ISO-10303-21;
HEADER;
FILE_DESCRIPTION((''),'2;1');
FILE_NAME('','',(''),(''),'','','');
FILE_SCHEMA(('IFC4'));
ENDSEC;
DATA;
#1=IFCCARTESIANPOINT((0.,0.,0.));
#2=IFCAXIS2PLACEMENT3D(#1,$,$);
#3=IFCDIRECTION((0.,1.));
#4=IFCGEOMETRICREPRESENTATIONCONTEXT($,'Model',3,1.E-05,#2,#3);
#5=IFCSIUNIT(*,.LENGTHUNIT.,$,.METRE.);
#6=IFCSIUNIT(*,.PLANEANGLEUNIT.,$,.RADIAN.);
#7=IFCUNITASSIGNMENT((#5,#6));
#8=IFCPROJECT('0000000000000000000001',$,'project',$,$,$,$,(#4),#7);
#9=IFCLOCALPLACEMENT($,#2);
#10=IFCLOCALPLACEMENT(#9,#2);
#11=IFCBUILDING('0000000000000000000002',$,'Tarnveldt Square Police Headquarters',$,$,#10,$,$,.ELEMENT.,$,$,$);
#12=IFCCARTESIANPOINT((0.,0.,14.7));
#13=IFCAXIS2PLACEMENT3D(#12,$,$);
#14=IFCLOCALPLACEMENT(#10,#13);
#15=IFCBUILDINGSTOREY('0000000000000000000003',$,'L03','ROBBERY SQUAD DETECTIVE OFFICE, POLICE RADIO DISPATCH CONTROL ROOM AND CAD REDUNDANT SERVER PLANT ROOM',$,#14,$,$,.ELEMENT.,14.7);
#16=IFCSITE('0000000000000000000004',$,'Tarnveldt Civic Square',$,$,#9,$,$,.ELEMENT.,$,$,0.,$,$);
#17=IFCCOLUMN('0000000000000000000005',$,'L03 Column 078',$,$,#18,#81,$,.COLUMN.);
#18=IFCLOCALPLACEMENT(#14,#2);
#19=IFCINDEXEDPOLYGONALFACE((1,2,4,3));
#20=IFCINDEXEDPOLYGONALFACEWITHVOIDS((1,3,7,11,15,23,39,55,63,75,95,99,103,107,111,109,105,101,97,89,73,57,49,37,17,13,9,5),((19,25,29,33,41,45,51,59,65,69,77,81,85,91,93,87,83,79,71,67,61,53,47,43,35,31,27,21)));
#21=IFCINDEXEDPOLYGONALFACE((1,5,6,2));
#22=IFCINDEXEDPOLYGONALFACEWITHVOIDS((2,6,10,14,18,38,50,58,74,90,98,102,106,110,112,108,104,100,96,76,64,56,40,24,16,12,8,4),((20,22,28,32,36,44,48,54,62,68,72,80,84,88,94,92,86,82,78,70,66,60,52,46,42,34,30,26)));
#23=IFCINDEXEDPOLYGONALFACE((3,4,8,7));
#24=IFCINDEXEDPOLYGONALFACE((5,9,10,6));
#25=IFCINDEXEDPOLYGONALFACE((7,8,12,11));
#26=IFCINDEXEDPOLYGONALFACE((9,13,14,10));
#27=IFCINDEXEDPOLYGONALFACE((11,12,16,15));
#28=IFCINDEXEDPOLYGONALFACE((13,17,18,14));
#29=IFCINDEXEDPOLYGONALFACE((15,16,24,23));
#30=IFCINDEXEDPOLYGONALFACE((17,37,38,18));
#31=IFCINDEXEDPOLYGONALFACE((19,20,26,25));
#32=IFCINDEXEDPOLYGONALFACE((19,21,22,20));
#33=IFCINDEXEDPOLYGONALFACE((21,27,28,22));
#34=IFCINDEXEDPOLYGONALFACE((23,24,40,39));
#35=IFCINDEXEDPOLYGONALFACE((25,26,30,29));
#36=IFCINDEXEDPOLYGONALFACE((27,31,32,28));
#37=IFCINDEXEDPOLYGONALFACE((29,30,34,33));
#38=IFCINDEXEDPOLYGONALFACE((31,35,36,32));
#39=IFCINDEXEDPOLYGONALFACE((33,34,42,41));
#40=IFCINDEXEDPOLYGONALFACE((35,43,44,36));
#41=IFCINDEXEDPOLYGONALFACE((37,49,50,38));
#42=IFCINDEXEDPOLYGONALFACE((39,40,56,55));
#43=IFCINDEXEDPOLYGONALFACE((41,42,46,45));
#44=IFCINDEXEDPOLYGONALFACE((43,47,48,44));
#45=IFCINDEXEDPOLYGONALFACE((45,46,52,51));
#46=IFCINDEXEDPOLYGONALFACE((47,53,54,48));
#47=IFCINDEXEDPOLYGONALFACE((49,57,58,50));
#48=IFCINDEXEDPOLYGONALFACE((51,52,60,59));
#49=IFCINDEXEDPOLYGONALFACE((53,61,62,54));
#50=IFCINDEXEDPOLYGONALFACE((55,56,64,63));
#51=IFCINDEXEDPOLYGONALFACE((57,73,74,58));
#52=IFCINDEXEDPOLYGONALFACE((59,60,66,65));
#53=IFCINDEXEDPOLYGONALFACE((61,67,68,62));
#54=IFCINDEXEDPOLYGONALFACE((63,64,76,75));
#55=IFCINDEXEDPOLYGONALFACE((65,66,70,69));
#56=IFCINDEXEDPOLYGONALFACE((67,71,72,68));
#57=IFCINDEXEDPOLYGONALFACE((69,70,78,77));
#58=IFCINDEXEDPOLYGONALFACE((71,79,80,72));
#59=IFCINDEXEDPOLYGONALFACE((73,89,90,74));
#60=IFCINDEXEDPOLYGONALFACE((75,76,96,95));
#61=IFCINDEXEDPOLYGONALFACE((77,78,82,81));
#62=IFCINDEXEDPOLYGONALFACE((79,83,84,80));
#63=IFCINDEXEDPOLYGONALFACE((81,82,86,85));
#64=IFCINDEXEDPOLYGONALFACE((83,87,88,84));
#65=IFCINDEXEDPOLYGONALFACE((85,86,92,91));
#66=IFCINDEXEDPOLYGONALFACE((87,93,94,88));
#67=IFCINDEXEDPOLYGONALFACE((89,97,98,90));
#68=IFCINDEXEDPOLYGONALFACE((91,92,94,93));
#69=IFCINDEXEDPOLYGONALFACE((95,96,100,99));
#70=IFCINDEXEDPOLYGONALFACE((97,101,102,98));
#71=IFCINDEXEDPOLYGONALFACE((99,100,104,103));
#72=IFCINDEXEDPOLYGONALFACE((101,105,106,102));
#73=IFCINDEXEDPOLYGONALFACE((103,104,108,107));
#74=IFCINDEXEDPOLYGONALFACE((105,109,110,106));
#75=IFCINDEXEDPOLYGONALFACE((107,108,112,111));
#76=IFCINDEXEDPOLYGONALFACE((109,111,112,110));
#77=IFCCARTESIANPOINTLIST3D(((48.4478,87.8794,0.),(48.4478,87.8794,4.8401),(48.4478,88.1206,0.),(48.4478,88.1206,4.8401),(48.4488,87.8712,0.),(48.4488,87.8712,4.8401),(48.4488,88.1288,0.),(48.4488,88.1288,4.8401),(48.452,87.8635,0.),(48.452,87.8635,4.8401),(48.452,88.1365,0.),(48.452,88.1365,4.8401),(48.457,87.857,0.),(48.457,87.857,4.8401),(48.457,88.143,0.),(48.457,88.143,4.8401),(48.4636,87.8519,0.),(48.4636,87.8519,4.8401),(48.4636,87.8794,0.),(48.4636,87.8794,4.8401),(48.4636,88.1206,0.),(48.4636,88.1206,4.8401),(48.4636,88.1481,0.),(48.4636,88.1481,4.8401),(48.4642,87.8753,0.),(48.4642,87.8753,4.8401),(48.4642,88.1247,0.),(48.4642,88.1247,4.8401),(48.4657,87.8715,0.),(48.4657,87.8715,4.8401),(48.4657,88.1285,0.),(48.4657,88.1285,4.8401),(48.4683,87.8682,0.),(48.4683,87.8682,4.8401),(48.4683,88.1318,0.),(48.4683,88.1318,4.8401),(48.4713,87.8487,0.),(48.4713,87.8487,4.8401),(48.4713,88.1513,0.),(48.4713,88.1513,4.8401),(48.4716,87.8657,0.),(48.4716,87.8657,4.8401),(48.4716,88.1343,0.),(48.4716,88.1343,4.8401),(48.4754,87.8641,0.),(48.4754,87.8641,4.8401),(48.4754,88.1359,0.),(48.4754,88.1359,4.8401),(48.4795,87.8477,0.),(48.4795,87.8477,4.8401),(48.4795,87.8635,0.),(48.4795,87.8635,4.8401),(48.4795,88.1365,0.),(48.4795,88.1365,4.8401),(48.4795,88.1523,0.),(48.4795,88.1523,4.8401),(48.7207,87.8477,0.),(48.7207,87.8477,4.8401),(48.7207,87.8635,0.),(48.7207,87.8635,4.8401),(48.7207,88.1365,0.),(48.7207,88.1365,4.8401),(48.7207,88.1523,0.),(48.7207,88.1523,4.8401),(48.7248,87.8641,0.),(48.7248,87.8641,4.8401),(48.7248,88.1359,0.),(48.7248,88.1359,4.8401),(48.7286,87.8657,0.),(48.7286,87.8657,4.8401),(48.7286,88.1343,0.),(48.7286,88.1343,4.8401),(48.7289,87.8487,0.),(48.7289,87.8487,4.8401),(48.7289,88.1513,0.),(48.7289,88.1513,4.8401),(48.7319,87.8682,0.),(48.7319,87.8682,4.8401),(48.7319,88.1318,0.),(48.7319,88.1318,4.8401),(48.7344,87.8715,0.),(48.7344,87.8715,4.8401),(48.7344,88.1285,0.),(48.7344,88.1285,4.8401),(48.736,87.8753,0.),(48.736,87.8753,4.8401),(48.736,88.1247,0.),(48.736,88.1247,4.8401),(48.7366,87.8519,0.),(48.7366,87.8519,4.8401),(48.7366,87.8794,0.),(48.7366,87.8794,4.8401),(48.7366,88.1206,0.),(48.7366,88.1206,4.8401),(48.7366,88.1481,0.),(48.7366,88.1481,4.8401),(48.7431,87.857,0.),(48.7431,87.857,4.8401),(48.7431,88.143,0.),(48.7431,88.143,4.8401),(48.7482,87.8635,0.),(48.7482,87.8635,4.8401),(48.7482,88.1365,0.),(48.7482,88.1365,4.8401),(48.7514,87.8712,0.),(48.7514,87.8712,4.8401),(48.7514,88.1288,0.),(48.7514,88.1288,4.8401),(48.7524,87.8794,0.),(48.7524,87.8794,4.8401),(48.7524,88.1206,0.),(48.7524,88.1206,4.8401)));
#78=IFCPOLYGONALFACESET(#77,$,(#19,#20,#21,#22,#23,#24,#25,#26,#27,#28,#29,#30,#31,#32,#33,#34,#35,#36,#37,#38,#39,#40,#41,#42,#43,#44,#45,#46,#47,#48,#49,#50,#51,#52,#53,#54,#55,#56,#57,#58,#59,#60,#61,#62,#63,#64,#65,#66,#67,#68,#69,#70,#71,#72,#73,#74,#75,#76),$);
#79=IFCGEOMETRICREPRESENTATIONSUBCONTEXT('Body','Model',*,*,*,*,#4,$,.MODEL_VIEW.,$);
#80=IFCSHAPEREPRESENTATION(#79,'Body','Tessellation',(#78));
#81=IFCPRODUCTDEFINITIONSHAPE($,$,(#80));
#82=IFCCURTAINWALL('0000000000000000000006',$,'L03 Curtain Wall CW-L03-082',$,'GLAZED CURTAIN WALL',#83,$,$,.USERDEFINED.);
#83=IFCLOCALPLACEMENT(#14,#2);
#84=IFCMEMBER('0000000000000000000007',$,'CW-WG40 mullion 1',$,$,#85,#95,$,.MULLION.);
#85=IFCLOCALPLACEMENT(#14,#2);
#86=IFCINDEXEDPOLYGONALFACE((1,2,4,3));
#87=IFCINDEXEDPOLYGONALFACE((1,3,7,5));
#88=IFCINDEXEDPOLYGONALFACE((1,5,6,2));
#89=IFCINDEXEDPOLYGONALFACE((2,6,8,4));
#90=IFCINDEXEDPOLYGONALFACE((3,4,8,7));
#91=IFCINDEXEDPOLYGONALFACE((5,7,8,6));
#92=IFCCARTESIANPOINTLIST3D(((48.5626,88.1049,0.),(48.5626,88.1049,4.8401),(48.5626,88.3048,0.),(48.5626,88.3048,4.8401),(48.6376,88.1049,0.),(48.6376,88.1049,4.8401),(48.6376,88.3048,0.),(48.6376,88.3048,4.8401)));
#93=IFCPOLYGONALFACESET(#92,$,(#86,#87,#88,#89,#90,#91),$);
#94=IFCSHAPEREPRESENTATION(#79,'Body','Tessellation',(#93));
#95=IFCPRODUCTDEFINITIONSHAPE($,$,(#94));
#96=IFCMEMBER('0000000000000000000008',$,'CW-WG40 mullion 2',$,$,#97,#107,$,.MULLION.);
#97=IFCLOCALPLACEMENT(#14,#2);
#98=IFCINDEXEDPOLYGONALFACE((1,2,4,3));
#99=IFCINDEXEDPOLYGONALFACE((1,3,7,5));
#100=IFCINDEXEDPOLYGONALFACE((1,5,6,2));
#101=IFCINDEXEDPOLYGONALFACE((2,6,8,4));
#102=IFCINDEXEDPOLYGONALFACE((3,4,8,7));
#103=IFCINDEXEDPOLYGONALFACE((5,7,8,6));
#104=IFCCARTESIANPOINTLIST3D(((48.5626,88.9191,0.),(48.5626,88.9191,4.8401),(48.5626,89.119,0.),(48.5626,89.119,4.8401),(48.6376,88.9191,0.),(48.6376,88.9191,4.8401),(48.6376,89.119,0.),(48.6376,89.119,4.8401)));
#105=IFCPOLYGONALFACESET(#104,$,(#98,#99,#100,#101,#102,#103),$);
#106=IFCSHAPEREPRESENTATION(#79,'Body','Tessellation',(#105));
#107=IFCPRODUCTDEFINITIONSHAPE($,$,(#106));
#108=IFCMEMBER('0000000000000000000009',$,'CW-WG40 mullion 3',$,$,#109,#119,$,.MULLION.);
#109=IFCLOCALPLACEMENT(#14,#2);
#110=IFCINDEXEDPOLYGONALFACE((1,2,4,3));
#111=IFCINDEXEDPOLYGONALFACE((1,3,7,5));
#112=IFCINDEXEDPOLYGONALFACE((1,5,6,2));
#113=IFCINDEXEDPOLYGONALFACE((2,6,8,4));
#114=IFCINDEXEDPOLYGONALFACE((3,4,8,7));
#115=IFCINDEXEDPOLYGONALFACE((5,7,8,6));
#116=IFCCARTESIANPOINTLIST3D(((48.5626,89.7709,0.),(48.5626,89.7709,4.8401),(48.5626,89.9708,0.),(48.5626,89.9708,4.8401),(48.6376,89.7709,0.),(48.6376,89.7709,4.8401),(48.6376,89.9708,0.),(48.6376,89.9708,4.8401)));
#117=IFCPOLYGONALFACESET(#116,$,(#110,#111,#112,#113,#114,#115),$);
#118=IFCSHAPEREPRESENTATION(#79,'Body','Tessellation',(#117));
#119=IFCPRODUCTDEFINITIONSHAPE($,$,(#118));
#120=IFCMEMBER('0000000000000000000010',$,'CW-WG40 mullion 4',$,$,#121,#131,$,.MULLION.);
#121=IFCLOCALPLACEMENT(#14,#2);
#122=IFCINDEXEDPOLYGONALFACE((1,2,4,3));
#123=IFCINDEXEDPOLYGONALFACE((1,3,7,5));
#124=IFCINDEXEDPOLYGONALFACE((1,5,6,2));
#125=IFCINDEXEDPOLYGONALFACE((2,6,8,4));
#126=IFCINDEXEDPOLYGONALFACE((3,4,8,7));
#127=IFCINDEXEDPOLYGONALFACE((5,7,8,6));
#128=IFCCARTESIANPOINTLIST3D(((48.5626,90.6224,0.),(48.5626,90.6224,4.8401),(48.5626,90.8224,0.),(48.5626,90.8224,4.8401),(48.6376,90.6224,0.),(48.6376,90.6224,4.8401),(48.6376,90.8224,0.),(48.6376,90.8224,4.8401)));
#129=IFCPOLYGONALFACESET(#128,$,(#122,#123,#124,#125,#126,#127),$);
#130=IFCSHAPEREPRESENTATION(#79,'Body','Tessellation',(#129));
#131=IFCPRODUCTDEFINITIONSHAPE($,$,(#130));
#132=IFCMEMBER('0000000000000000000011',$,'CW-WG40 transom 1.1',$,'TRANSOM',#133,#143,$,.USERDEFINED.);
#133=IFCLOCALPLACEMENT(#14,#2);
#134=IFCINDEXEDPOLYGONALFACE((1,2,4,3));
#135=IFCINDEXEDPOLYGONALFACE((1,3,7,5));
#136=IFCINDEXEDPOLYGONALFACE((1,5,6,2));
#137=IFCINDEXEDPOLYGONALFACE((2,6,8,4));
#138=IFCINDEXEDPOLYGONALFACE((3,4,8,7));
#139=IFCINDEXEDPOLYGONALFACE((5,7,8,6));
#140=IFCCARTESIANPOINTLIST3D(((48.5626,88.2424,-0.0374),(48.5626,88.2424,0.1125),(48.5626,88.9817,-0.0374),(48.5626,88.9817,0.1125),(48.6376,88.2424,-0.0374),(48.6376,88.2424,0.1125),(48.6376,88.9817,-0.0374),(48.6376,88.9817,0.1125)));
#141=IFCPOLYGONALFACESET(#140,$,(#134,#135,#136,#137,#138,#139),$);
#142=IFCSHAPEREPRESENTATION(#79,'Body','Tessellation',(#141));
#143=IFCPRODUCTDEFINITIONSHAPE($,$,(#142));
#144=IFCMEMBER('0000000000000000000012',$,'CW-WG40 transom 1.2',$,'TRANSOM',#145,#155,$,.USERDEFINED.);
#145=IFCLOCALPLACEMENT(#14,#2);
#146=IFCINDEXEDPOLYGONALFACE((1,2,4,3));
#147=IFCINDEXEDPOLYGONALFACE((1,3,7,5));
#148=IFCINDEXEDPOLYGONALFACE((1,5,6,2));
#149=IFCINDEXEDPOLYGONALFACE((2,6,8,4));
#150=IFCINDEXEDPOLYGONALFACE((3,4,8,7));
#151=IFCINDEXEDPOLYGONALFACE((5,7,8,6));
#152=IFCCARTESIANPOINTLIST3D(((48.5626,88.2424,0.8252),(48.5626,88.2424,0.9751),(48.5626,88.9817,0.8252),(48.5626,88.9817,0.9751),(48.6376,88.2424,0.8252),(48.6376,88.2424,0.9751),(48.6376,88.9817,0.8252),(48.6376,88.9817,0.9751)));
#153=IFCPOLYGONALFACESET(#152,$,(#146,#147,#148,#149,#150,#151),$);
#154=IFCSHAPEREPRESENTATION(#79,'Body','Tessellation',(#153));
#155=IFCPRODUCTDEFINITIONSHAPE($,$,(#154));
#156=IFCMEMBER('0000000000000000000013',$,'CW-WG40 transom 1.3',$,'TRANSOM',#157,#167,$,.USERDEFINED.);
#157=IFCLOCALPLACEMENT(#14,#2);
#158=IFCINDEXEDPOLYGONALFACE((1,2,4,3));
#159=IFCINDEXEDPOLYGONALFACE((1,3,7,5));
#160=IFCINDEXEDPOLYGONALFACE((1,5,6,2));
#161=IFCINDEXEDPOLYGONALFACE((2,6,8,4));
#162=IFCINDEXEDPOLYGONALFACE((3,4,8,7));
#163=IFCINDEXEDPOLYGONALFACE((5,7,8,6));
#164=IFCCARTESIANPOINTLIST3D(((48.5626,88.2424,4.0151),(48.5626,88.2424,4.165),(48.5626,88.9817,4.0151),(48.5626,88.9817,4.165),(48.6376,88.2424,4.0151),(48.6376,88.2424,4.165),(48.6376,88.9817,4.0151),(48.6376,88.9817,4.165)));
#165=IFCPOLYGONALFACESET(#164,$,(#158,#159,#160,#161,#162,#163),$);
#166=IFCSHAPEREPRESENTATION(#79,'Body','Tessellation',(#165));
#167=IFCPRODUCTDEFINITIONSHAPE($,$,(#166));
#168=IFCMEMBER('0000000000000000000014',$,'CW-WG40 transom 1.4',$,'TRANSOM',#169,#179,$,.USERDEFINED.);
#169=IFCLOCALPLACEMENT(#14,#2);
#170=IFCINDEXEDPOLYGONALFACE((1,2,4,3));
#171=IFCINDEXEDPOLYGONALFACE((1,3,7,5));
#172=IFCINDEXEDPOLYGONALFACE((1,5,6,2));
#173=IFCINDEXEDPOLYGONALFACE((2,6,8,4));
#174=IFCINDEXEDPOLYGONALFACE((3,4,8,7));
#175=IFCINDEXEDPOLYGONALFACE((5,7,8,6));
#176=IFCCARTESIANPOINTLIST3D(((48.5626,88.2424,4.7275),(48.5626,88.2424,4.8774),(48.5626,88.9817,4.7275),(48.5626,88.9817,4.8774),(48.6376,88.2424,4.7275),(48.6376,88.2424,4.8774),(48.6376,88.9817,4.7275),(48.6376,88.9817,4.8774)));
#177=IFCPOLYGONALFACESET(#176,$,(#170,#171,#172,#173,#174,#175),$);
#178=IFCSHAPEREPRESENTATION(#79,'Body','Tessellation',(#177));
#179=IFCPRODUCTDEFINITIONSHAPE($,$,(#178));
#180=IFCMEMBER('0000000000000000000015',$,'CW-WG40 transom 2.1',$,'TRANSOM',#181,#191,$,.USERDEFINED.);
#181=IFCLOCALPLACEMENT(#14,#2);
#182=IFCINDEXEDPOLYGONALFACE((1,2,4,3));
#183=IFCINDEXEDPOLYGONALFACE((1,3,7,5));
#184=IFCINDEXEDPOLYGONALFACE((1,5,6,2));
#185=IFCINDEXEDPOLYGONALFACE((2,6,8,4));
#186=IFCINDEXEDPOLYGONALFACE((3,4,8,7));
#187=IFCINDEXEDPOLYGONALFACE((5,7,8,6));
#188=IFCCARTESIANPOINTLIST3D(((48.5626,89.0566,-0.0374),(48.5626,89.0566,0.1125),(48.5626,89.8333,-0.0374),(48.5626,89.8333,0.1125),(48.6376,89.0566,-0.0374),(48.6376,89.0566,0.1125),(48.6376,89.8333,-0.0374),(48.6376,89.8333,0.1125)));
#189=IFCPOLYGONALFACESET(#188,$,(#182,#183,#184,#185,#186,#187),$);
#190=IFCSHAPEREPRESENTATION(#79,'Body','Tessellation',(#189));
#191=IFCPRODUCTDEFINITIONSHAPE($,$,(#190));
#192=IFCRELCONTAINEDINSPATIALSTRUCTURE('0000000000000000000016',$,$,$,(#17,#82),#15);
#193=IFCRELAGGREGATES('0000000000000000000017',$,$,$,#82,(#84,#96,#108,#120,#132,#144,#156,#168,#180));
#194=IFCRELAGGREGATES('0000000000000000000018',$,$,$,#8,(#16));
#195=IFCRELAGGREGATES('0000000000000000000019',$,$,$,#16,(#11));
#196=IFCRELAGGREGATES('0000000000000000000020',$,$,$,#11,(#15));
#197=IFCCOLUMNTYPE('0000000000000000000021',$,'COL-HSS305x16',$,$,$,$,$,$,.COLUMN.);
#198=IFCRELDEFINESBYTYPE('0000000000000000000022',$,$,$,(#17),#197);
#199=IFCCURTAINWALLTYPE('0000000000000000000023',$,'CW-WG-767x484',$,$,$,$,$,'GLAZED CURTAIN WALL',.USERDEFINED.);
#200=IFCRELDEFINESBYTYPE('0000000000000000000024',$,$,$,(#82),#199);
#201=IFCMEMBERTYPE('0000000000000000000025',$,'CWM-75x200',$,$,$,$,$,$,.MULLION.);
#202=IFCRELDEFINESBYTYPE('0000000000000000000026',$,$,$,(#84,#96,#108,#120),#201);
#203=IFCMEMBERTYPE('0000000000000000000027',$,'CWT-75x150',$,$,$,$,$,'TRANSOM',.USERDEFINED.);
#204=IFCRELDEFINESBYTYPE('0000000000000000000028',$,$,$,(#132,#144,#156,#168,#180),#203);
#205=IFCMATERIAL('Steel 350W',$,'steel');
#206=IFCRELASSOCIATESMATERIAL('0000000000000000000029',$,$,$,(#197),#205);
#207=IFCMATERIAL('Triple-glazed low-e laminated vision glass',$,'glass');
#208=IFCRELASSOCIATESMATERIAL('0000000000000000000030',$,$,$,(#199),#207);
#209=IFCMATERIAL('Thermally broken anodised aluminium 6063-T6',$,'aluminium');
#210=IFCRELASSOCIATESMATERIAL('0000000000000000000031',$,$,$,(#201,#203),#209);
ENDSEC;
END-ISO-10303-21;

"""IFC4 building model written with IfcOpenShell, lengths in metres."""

from ifc_helpers import new_model, si_unit, direction, frame, origin, origin_2d, place, context, subcontext, project, spatial, rectangle, hollow_rectangle, extrude, material, material_profile, profile_set, type_object, element, aggregate, save


model = new_model("IFC4")

# Units and contexts
model_context = context("Model", 3, precision=1e-05, world=origin(), true_north=direction((0.0, 1.0)))
body_context = subcontext(model_context, "Body", "Model", "MODEL_VIEW")
ifc_project = project(units=[si_unit("LENGTHUNIT", "METRE"), si_unit("PLANEANGLEUNIT", "RADIAN")], contexts=[model_context])

# Site, building, storey
site_placement = place(None, origin())
site = spatial("IfcSite", under=ifc_project, at=site_placement, Name="Tarnveldt Civic Square", CompositionType="ELEMENT", RefElevation=0.0)
building_placement = place(site_placement, origin())
building = spatial("IfcBuilding", under=site, at=building_placement, Name="Tarnveldt Square Police Headquarters", CompositionType="ELEMENT")
storey_placement = place(building_placement, frame((0.0, 0.0, 14.7)))
storey = spatial("IfcBuildingStorey", under=building, at=storey_placement, Name="L03", Description="ROBBERY SQUAD DETECTIVE OFFICE, POLICE RADIO DISPATCH CONTROL ROOM AND CAD REDUNDANT SERVER PLANT ROOM", CompositionType="ELEMENT", Elevation=14.7)

# Column
ifc_material_1 = material(Name="Steel 350W", Category="steel")
ifc_material_profile_1 = material_profile(ifc_material_1, hollow_rectangle(XDim=0.3047, YDim=0.3047, WallThickness=0.0159, InnerFilletRadius=0.0159, OuterFilletRadius=0.0317, at=origin_2d()), Name="HSS305x305x16")
ifc_profile_set_1 = profile_set([ifc_material_profile_1], Name="Steel 350W")
column_type = type_object("IfcColumnType", Name="COL-HSS305x16", PredefinedType="COLUMN", material=ifc_profile_set_1)
column_placement = place(storey_placement, frame((48.6001, 88.0, 0.0), z_axis=(0.0, 0.0, 1.0), x_axis=(1.0, 0.0, 0.0)))
element("IfcColumn", 1, at=column_placement, inside=storey, type_object=column_type, Name="L03 Column 078", PredefinedType="COLUMN", context=body_context, shape_type="SweptSolid", body=[
    extrude(hollow_rectangle(XDim=0.3047, YDim=0.3047, WallThickness=0.0159, InnerFilletRadius=0.0159, OuterFilletRadius=0.0317, at=origin_2d()), origin(), (0.0, 0.0, 1.0), 4.8401),
])

# Curtain wall, members
ifc_material_2 = material(Name="Triple-glazed low-e laminated vision glass", Category="glass")
curtain_wall_type = type_object("IfcCurtainWallType", Name="CW-WG-767x484", ElementType="GLAZED CURTAIN WALL", PredefinedType="USERDEFINED", material=ifc_material_2)
curtain_wall_placement = place(storey_placement, origin())
curtain_wall = element("IfcCurtainWall", 2, at=curtain_wall_placement, inside=storey, type_object=curtain_wall_type, Name="L03 Curtain Wall CW-L03-082", ObjectType="GLAZED CURTAIN WALL", PredefinedType="USERDEFINED")
ifc_material_3 = material(Name="Thermally broken anodised aluminium 6063-T6", Category="aluminium")
ifc_material_profile_2 = material_profile(ifc_material_3, rectangle(XDim=0.075, YDim=0.2, at=origin_2d()), Name="CW-M75x200")
ifc_profile_set_2 = profile_set([ifc_material_profile_2], Name="Thermally broken anodised aluminium 6063-T6")
member_type_1 = type_object("IfcMemberType", Name="CWM-75x200", PredefinedType="MULLION", material=ifc_profile_set_2)
member_1_placement = place(storey_placement, frame((48.6001, 88.2048, 0.0), z_axis=(0.0, 0.0, 1.0), x_axis=(-1.0, 0.0, 0.0)))
member_1 = element("IfcMember", 3, at=member_1_placement, type_object=member_type_1, Name="CW-WG40 mullion 1", PredefinedType="MULLION", context=body_context, shape_type="SweptSolid", body=[
    extrude(rectangle(XDim=0.075, YDim=0.2, at=origin_2d()), origin(), (0.0, 0.0, 1.0), 4.8401),
])
member_2_placement = place(storey_placement, frame((48.6001, 89.019, 0.0), z_axis=(0.0, 0.0, 1.0), x_axis=(-1.0, 0.0, 0.0)))
member_2 = element("IfcMember", 4, at=member_2_placement, type_object=member_type_1, Name="CW-WG40 mullion 2", PredefinedType="MULLION", context=body_context, shape_type="SweptSolid", body=[
    extrude(rectangle(XDim=0.075, YDim=0.2, at=origin_2d()), origin(), (0.0, 0.0, 1.0), 4.8401),
])
member_3_placement = place(storey_placement, frame((48.6001, 89.8708, 0.0), z_axis=(0.0, 0.0, 1.0), x_axis=(-1.0, 0.0, 0.0)))
member_3 = element("IfcMember", 5, at=member_3_placement, type_object=member_type_1, Name="CW-WG40 mullion 3", PredefinedType="MULLION", context=body_context, shape_type="SweptSolid", body=[
    extrude(rectangle(XDim=0.075, YDim=0.2, at=origin_2d()), origin(), (0.0, 0.0, 1.0), 4.8401),
])
member_4_placement = place(storey_placement, frame((48.6001, 90.7224, 0.0), z_axis=(0.0, 0.0, 1.0), x_axis=(-1.0, 0.0, 0.0)))
member_4 = element("IfcMember", 6, at=member_4_placement, type_object=member_type_1, Name="CW-WG40 mullion 4", PredefinedType="MULLION", context=body_context, shape_type="SweptSolid", body=[
    extrude(rectangle(XDim=0.075, YDim=0.2, at=origin_2d()), origin(), (0.0, 0.0, 1.0), 4.8401),
])
ifc_material_profile_3 = material_profile(ifc_material_3, rectangle(XDim=0.075, YDim=0.1499, at=origin_2d()), Name="CW-T75x150")
ifc_profile_set_3 = profile_set([ifc_material_profile_3], Name="Thermally broken anodised aluminium 6063-T6")
member_type_2 = type_object("IfcMemberType", Name="CWT-75x150", ElementType="TRANSOM", PredefinedType="USERDEFINED", material=ifc_profile_set_3)
member_5_placement = place(storey_placement, frame((48.6001, 88.2424, 0.0376), z_axis=(0.0, 1.0, 0.0), x_axis=(-1.0, 0.0, 0.0)))
member_5 = element("IfcMember", 7, at=member_5_placement, type_object=member_type_2, Name="CW-WG40 transom 1.1", ObjectType="TRANSOM", PredefinedType="USERDEFINED", context=body_context, shape_type="SweptSolid", body=[
    extrude(rectangle(XDim=0.075, YDim=0.1499, at=origin_2d()), origin(), (0.0, 0.0, 1.0), 0.7393),
])
member_6_placement = place(storey_placement, frame((48.6001, 88.2424, 0.9001), z_axis=(0.0, 1.0, 0.0), x_axis=(-1.0, 0.0, 0.0)))
member_6 = element("IfcMember", 8, at=member_6_placement, type_object=member_type_2, Name="CW-WG40 transom 1.2", ObjectType="TRANSOM", PredefinedType="USERDEFINED", context=body_context, shape_type="SweptSolid", body=[
    extrude(rectangle(XDim=0.075, YDim=0.1499, at=origin_2d()), origin(), (0.0, 0.0, 1.0), 0.7393),
])
member_7_placement = place(storey_placement, frame((48.6001, 88.2424, 4.0901), z_axis=(0.0, 1.0, 0.0), x_axis=(-1.0, 0.0, 0.0)))
member_7 = element("IfcMember", 9, at=member_7_placement, type_object=member_type_2, Name="CW-WG40 transom 1.3", ObjectType="TRANSOM", PredefinedType="USERDEFINED", context=body_context, shape_type="SweptSolid", body=[
    extrude(rectangle(XDim=0.075, YDim=0.1499, at=origin_2d()), origin(), (0.0, 0.0, 1.0), 0.7393),
])
member_8_placement = place(storey_placement, frame((48.6001, 88.2424, 4.8025), z_axis=(0.0, 1.0, 0.0), x_axis=(-1.0, 0.0, 0.0)))
member_8 = element("IfcMember", 10, at=member_8_placement, type_object=member_type_2, Name="CW-WG40 transom 1.4", ObjectType="TRANSOM", PredefinedType="USERDEFINED", context=body_context, shape_type="SweptSolid", body=[
    extrude(rectangle(XDim=0.075, YDim=0.1499, at=origin_2d()), origin(), (0.0, 0.0, 1.0), 0.7393),
])
member_9_placement = place(storey_placement, frame((48.6001, 89.0566, 0.0376), z_axis=(0.0, 1.0, 0.0), x_axis=(-1.0, 0.0, 0.0)))
member_9 = element("IfcMember", 11, at=member_9_placement, type_object=member_type_2, Name="CW-WG40 transom 2.1", ObjectType="TRANSOM", PredefinedType="USERDEFINED", context=body_context, shape_type="SweptSolid", body=[
    extrude(rectangle(XDim=0.075, YDim=0.1499, at=origin_2d()), origin(), (0.0, 0.0, 1.0), 0.7766),
])
aggregate(curtain_wall, [member_1, member_2, member_3, member_4, member_5, member_6, member_7, member_8, member_9])

save(model, "model.ifc")
